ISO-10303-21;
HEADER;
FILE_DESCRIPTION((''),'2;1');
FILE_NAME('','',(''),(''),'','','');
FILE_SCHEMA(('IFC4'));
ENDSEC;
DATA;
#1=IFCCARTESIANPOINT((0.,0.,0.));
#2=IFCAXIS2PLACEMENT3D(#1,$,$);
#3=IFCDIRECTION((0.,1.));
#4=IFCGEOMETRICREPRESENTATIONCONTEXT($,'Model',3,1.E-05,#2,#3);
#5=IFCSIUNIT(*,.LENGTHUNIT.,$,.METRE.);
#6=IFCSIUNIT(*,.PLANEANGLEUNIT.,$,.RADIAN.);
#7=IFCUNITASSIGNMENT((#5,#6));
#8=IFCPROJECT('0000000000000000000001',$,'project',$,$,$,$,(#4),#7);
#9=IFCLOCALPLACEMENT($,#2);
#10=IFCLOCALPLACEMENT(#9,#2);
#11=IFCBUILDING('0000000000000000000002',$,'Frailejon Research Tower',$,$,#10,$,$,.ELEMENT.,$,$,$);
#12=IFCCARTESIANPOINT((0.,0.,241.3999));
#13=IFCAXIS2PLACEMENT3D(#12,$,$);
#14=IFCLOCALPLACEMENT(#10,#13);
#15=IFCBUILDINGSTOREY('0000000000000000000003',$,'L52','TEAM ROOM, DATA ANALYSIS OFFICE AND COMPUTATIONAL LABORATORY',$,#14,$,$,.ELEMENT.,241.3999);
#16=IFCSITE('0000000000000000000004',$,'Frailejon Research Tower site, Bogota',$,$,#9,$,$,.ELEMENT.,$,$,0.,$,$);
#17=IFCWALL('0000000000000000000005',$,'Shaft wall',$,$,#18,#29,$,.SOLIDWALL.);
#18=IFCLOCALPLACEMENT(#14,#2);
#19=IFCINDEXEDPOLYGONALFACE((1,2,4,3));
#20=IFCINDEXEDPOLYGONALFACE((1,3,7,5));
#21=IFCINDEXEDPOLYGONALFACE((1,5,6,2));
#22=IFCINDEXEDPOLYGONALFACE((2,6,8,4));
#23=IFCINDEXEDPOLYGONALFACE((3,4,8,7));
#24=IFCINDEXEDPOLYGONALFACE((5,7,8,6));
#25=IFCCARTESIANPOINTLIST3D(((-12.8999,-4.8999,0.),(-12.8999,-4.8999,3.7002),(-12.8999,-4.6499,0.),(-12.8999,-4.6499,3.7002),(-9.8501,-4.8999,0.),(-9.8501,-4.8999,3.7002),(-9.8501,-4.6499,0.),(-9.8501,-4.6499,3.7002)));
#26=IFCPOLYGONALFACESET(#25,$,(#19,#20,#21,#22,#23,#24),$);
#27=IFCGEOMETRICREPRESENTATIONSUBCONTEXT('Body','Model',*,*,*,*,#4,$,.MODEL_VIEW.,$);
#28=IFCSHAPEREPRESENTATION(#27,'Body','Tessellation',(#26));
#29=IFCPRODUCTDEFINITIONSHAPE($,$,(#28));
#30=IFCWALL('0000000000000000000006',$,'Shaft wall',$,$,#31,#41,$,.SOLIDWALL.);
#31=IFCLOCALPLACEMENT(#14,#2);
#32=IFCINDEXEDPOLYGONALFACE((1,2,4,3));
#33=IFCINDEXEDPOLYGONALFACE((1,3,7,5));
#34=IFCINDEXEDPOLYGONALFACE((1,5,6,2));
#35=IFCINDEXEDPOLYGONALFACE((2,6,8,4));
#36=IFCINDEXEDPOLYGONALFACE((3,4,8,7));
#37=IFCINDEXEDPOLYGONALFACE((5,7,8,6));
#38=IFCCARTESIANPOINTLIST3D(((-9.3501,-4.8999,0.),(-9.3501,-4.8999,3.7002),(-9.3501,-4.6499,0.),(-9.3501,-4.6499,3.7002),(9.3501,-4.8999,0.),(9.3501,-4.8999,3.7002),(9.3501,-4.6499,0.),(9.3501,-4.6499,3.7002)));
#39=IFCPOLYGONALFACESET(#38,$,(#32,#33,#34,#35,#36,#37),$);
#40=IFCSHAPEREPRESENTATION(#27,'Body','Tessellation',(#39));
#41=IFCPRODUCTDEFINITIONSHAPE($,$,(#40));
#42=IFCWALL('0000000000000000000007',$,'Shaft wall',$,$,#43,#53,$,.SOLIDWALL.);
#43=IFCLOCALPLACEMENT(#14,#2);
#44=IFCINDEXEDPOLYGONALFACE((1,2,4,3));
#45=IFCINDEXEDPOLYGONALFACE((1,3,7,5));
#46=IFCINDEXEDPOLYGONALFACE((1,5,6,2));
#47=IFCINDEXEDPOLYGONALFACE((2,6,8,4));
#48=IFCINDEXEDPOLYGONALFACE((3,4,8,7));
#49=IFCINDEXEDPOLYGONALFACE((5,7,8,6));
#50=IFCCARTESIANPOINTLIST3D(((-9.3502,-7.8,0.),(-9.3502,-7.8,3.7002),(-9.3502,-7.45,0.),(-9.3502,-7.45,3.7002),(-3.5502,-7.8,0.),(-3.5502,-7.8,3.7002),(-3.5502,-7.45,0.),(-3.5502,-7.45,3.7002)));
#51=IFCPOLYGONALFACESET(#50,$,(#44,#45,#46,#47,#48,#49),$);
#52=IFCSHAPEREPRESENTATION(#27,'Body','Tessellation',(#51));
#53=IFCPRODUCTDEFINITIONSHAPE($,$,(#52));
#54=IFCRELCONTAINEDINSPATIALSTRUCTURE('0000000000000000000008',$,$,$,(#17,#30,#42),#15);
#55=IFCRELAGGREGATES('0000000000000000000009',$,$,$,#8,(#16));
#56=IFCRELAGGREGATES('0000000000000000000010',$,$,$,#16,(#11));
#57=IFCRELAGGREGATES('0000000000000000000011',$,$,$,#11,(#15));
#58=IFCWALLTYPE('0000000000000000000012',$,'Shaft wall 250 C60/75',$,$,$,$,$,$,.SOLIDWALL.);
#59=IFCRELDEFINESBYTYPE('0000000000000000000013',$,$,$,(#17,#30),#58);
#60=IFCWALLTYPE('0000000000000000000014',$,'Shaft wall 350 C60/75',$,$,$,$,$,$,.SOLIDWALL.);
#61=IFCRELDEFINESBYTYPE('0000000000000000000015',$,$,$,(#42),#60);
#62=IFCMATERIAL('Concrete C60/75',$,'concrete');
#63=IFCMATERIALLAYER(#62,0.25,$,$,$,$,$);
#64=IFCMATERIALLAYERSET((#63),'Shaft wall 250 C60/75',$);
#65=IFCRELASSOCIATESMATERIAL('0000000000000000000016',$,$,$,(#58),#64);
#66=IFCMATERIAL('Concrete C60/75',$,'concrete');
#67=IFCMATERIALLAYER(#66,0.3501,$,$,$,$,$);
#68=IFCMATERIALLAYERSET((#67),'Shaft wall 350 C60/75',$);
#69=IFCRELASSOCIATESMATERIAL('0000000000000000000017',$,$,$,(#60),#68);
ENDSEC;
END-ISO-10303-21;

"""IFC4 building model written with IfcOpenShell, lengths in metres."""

from ifc_helpers import new_model, si_unit, direction, frame, frame_2d, origin, place, context, subcontext, project, spatial, rectangle, extrude, material, layer, layer_set, type_object, element, save


model = new_model("IFC4")

# Units and contexts
model_context = context("Model", 3, precision=1e-05, world=origin(), true_north=direction((0.0, 1.0)))
body_context = subcontext(model_context, "Body", "Model", "MODEL_VIEW")
ifc_project = project(units=[si_unit("LENGTHUNIT", "METRE"), si_unit("PLANEANGLEUNIT", "RADIAN")], contexts=[model_context])

# Site, building, storey
site_placement = place(None, origin())
site = spatial("IfcSite", under=ifc_project, at=site_placement, Name="Frailejon Research Tower site, Bogota", CompositionType="ELEMENT", RefElevation=0.0)
building_placement = place(site_placement, origin())
building = spatial("IfcBuilding", under=site, at=building_placement, Name="Frailejon Research Tower", CompositionType="ELEMENT")
storey_placement = place(building_placement, frame((0.0, 0.0, 241.3999)))
storey = spatial("IfcBuildingStorey", under=building, at=storey_placement, Name="L52", Description="TEAM ROOM, DATA ANALYSIS OFFICE AND COMPUTATIONAL LABORATORY", CompositionType="ELEMENT", Elevation=241.3999)

# Shared definitions
ifc_material_1 = material(Name="Concrete C60/75", Category="concrete")
ifc_layer_1 = layer(ifc_material_1, 0.25)
ifc_layer_set_1 = layer_set([ifc_layer_1], Name="Shaft wall 250 C60/75")
wall_type_1 = type_object("IfcWallType", Name="Shaft wall 250 C60/75", PredefinedType="SOLIDWALL", material=ifc_layer_set_1)

# Walls
wall_1_placement = place(storey_placement, frame((-12.8999, -4.7749, 0.0), z_axis=(0.0, 0.0, 1.0), x_axis=(1.0, 0.0, 0.0)))
element("IfcWall", 1, at=wall_1_placement, inside=storey, type_object=wall_type_1, Name="Shaft wall", PredefinedType="SOLIDWALL", context=body_context, shape_type="SweptSolid", body=[
    extrude(rectangle(XDim=3.0498, YDim=0.25, at=frame_2d((1.5249, 0.0))), origin(), (0.0, 0.0, 1.0), 3.7002),
])
wall_2_placement = place(storey_placement, frame((-9.3501, -4.7749, 0.0), z_axis=(0.0, 0.0, 1.0), x_axis=(1.0, 0.0, 0.0)))
element("IfcWall", 2, at=wall_2_placement, inside=storey, type_object=wall_type_1, Name="Shaft wall", PredefinedType="SOLIDWALL", context=body_context, shape_type="SweptSolid", body=[
    extrude(rectangle(XDim=18.7002, YDim=0.25, at=frame_2d((9.3501, 0.0))), origin(), (0.0, 0.0, 1.0), 3.7002),
])
ifc_material_2 = material(Name="Concrete C60/75", Category="concrete")
ifc_layer_2 = layer(ifc_material_2, 0.3501)
ifc_layer_set_2 = layer_set([ifc_layer_2], Name="Shaft wall 350 C60/75")
wall_type_2 = type_object("IfcWallType", Name="Shaft wall 350 C60/75", PredefinedType="SOLIDWALL", material=ifc_layer_set_2)
wall_3_placement = place(storey_placement, frame((-9.3501, -7.625, 0.0), z_axis=(0.0, 0.0, 1.0), x_axis=(1.0, 0.0, 0.0)))
element("IfcWall", 3, at=wall_3_placement, inside=storey, type_object=wall_type_2, Name="Shaft wall", PredefinedType="SOLIDWALL", context=body_context, shape_type="SweptSolid", body=[
    extrude(rectangle(XDim=5.8, YDim=0.3501, at=frame_2d((2.8999, 0.0))), origin(), (0.0, 0.0, 1.0), 3.7002),
])

save(model, "model.ifc")
